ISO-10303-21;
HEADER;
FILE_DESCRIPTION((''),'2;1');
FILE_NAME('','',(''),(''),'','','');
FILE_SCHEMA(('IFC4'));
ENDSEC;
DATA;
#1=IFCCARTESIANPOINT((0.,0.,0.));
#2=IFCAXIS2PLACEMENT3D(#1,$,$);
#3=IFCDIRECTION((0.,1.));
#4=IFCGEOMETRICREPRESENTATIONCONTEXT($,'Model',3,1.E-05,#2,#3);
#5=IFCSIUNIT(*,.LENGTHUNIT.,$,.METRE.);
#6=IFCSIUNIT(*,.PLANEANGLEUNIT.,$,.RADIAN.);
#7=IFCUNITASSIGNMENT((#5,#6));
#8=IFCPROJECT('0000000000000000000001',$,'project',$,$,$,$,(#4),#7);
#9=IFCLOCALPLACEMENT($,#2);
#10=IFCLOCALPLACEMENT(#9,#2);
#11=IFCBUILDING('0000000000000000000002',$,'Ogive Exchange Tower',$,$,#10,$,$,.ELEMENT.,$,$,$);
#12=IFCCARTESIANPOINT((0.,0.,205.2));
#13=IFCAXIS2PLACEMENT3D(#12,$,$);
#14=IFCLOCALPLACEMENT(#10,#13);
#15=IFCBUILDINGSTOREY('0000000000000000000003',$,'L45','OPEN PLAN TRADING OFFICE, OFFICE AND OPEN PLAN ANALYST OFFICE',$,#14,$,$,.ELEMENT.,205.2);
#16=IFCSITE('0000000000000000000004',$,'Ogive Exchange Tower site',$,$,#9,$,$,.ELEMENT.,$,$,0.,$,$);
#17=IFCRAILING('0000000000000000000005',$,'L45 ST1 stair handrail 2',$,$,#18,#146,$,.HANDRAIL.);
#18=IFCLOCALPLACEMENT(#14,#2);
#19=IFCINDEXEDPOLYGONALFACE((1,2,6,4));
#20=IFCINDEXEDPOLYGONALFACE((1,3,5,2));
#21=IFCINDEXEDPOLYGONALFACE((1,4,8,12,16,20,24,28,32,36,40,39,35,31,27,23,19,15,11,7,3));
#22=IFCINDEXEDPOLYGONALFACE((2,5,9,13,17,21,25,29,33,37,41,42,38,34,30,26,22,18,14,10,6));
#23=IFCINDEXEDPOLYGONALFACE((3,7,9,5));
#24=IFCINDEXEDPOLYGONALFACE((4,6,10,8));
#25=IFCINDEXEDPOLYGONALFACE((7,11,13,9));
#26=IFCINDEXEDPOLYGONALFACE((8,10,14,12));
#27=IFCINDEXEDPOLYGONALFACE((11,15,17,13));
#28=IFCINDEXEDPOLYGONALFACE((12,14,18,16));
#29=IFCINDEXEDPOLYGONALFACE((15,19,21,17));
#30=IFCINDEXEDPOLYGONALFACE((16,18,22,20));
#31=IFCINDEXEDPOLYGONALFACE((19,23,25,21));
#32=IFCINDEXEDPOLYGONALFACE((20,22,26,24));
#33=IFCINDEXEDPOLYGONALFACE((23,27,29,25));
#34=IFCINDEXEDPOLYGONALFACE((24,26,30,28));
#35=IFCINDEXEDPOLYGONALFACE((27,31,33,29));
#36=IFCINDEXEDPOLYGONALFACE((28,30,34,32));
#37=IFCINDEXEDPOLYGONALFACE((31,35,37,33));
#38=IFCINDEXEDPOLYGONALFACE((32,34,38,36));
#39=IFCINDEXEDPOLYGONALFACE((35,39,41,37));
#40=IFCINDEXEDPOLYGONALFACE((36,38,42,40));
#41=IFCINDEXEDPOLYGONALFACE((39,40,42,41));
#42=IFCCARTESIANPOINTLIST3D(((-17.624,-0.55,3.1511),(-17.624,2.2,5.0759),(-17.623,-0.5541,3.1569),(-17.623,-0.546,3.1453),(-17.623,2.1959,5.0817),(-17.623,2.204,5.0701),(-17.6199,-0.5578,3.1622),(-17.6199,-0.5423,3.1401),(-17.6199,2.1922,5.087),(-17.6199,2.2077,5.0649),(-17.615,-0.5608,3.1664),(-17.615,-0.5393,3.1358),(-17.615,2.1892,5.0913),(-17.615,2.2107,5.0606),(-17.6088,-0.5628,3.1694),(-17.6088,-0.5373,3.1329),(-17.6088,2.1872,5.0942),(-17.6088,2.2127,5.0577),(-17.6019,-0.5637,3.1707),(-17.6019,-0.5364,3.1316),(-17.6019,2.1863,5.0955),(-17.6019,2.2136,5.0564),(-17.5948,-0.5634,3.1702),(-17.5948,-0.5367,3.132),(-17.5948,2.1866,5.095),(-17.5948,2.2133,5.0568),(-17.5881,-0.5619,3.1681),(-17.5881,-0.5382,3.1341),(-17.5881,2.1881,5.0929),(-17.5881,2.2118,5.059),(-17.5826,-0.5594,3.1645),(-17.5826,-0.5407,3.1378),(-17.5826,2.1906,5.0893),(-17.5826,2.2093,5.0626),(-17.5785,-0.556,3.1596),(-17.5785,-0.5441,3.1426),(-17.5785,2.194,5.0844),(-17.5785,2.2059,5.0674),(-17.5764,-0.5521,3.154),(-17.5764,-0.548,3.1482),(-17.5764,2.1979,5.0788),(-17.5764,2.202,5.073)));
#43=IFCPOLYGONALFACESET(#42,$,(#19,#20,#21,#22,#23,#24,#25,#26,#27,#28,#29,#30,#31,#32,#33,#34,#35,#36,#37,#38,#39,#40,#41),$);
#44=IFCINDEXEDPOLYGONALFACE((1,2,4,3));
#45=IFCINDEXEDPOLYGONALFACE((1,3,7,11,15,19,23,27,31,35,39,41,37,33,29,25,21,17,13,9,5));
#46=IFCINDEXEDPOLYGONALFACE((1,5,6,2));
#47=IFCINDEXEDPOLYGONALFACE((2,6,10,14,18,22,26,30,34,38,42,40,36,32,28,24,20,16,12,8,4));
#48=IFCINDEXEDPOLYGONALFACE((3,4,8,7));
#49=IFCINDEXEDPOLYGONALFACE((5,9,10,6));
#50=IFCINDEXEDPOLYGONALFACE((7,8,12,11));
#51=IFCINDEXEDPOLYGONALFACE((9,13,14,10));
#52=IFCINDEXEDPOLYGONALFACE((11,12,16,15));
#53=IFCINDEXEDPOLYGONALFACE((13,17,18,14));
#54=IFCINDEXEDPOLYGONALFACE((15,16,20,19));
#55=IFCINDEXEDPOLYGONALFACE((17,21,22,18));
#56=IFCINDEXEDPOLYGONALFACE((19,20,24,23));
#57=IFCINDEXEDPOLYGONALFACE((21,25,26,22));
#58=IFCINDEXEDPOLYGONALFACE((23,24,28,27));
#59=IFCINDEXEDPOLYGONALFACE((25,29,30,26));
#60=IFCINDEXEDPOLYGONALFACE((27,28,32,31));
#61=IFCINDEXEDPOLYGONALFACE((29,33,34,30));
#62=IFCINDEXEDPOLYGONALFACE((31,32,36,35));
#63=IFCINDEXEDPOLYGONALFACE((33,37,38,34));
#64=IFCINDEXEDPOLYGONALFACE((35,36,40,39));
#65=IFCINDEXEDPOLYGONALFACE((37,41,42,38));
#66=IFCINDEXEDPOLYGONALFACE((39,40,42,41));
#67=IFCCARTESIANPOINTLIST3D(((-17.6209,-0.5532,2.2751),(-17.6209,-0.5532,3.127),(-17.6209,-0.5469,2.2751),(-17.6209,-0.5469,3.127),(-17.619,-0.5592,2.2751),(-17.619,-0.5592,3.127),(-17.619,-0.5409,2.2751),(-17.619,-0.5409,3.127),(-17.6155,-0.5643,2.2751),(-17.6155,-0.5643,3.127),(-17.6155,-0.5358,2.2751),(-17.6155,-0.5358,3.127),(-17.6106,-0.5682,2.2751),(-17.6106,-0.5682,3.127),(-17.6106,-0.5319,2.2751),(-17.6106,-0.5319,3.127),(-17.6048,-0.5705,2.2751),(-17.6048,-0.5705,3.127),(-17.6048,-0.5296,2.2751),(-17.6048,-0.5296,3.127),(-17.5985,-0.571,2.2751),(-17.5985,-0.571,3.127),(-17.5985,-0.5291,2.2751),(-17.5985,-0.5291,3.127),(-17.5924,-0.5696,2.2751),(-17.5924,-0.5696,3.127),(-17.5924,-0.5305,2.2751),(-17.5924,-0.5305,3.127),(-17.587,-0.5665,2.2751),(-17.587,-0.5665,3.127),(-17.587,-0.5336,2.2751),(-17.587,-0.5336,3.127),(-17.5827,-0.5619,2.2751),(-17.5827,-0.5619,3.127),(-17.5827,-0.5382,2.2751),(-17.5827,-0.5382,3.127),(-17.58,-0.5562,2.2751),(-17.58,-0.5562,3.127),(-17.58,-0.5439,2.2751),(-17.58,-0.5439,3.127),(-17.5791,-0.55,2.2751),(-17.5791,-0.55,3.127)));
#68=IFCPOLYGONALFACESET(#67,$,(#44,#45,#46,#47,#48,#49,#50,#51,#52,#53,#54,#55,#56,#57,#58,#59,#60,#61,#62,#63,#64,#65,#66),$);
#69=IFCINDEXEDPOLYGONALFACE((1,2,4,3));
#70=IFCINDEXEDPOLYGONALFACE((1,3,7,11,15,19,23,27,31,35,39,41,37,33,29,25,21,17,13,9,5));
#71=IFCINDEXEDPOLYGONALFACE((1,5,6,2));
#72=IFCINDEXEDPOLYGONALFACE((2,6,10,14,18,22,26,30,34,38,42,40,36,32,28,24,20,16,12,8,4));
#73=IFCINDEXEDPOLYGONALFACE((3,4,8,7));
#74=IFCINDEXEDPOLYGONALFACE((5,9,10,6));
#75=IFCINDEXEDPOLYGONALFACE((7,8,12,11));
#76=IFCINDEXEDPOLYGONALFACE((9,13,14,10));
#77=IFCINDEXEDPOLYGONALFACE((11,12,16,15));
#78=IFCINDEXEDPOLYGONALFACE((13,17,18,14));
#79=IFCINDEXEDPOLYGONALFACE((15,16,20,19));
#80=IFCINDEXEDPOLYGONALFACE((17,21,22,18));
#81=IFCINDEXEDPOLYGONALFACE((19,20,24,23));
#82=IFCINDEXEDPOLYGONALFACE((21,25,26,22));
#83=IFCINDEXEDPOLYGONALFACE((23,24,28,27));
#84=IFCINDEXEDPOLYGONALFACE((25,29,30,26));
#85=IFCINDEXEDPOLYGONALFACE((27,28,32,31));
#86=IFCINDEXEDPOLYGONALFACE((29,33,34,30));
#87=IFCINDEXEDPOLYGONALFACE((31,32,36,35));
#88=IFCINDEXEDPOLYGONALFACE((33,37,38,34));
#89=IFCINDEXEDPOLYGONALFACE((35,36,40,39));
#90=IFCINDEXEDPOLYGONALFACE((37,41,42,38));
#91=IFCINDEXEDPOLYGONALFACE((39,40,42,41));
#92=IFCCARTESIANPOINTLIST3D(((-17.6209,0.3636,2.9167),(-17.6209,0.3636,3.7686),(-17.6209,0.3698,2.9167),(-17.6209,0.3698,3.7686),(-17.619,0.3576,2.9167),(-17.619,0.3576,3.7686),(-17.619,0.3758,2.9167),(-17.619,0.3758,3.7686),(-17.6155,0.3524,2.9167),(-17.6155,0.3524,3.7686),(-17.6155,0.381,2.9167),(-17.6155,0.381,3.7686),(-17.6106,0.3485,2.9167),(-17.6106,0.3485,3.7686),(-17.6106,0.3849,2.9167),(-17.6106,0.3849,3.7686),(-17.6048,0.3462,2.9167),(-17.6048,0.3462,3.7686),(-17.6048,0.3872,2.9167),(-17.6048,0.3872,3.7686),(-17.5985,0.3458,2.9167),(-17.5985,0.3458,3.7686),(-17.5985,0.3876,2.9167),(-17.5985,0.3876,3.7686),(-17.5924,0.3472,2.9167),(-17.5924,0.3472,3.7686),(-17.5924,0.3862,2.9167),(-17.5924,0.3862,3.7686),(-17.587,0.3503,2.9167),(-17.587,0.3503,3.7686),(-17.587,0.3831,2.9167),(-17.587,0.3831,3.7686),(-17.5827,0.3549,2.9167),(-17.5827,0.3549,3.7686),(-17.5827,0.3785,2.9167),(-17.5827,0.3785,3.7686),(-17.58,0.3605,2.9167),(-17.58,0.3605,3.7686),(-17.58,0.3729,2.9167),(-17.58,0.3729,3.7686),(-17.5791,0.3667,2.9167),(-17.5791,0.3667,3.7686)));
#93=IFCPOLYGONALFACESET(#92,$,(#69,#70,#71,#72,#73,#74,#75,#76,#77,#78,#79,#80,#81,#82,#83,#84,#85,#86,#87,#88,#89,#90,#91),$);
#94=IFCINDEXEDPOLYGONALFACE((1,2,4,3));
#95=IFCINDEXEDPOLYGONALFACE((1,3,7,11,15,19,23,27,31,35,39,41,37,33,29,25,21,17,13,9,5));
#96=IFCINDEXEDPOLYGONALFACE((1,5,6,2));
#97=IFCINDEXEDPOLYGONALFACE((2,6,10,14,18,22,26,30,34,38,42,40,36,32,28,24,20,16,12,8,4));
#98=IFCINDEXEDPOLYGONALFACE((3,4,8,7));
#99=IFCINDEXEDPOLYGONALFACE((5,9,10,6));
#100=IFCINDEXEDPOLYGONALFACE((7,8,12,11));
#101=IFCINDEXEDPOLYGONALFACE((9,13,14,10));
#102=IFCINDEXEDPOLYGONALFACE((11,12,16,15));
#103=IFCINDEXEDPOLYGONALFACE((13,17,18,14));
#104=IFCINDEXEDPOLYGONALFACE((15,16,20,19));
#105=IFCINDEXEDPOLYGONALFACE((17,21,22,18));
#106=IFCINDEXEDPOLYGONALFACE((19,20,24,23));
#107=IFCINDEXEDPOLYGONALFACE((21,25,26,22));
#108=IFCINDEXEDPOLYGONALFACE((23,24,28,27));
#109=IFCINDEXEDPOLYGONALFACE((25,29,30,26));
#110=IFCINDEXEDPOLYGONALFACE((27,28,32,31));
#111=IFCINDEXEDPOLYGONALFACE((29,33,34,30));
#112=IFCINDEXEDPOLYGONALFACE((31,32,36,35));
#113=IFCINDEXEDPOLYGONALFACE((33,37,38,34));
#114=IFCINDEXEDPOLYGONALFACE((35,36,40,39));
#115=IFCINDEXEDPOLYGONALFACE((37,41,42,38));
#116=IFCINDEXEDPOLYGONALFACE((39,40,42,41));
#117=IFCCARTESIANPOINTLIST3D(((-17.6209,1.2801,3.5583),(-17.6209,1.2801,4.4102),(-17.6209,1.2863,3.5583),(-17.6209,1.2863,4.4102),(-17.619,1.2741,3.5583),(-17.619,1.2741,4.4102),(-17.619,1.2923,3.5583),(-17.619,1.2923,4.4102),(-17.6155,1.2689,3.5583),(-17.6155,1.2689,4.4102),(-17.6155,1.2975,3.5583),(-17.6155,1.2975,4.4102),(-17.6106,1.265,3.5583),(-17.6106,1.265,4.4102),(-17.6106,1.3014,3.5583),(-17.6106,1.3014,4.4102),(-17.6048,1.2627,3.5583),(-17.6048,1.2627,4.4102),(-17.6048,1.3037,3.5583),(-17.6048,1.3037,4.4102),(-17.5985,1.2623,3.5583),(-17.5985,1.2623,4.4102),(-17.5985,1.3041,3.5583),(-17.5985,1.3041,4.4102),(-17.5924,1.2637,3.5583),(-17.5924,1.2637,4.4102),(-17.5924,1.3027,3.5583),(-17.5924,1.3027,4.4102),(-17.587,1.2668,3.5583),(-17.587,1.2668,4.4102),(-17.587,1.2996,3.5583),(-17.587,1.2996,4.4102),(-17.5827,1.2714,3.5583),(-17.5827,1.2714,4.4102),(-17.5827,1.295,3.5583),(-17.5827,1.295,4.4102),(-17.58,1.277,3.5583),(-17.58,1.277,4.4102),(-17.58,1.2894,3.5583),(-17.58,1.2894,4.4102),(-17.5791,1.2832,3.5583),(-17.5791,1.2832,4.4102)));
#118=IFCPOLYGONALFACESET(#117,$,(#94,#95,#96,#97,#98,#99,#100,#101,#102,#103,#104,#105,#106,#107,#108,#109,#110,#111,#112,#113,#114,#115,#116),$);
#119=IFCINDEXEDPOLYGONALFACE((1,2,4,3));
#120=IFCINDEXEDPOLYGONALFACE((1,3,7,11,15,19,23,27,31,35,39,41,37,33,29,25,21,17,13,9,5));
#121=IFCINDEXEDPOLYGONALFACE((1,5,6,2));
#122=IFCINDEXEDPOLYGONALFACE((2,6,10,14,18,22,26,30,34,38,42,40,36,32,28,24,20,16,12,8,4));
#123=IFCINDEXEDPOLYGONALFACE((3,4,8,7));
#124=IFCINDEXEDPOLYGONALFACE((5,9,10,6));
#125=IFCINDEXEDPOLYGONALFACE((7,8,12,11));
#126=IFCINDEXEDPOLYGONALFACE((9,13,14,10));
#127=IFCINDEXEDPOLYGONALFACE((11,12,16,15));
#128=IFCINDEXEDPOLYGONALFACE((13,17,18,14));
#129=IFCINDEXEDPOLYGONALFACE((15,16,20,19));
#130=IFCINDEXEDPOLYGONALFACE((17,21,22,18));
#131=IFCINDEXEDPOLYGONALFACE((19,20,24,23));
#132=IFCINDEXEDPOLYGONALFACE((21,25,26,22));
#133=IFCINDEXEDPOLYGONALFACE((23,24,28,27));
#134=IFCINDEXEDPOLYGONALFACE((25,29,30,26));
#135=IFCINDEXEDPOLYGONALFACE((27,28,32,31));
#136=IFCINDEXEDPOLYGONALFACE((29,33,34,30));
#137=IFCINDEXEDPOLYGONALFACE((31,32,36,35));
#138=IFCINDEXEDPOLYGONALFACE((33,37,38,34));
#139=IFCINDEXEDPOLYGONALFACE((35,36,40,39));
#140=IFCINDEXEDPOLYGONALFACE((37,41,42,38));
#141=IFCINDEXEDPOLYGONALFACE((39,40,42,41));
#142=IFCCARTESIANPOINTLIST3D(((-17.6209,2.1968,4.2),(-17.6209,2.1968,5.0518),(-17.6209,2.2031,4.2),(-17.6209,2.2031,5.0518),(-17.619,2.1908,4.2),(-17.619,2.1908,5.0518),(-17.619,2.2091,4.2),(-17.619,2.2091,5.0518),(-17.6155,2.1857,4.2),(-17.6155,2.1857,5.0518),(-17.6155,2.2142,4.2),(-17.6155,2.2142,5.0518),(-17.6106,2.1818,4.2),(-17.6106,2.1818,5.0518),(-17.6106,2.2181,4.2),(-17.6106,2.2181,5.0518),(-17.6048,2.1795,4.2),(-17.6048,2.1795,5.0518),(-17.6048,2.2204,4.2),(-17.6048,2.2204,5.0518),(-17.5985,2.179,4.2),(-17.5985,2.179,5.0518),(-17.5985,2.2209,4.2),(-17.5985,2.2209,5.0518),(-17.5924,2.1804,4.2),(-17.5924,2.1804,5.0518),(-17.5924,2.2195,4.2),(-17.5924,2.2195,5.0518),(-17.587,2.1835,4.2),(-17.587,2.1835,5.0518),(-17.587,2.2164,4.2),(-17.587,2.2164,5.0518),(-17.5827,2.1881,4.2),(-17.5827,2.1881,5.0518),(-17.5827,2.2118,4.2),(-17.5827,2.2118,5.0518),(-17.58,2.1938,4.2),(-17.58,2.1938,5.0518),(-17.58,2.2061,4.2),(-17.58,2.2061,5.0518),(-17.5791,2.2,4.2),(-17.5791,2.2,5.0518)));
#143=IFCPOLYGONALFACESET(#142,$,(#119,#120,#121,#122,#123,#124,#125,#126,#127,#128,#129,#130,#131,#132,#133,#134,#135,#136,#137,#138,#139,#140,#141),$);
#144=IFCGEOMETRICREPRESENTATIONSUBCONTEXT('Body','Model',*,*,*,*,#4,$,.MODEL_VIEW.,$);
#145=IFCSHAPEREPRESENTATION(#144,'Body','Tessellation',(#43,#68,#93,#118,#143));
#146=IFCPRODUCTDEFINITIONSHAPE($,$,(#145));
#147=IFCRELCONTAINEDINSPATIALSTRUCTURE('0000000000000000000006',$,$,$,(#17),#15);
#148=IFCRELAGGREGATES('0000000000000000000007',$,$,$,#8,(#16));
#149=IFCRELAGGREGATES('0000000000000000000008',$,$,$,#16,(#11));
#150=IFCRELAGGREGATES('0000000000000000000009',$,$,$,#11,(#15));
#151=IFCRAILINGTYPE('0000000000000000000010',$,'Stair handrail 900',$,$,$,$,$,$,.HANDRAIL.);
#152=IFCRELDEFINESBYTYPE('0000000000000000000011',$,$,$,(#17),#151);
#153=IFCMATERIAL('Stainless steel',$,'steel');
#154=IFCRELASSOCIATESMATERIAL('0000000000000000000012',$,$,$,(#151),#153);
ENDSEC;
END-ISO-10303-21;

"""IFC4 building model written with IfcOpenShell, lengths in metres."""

from ifc_helpers import new_model, si_unit, direction, frame, origin, origin_2d, place, context, subcontext, project, spatial, circle, extrude, material, type_object, element, save


model = new_model("IFC4")

# Units and contexts
model_context = context("Model", 3, precision=1e-05, world=origin(), true_north=direction((0.0, 1.0)))
body_context = subcontext(model_context, "Body", "Model", "MODEL_VIEW")
ifc_project = project(units=[si_unit("LENGTHUNIT", "METRE"), si_unit("PLANEANGLEUNIT", "RADIAN")], contexts=[model_context])

# Site, building, storey
site_placement = place(None, origin())
site = spatial("IfcSite", under=ifc_project, at=site_placement, Name="Ogive Exchange Tower site", CompositionType="ELEMENT", RefElevation=0.0)
building_placement = place(site_placement, origin())
building = spatial("IfcBuilding", under=site, at=building_placement, Name="Ogive Exchange Tower", CompositionType="ELEMENT")
storey_placement = place(building_placement, frame((0.0, 0.0, 205.2)))
storey = spatial("IfcBuildingStorey", under=building, at=storey_placement, Name="L45", Description="OPEN PLAN TRADING OFFICE, OFFICE AND OPEN PLAN ANALYST OFFICE", CompositionType="ELEMENT", Elevation=205.2)

# Shared definitions
ifc_material_1 = material(Name="Stainless steel", Category="steel")

# Railing
railing_type = type_object("IfcRailingType", Name="Stair handrail 900", PredefinedType="HANDRAIL", material=ifc_material_1)
railing_placement = place(storey_placement, frame((-17.6001, -0.55, 2.2751)))
element("IfcRailing", 1, at=railing_placement, inside=storey, type_object=railing_type, Name="L45 ST1 stair handrail 2", PredefinedType="HANDRAIL", context=body_context, shape_type="SweptSolid", body=[
    extrude(circle(Radius=0.0239, at=origin_2d()), frame((0.0, 0.0, 0.876), z_axis=(0.0, 0.819259, 0.573423), x_axis=(-1.0, 0.0, 0.0)), (0.0, 0.0, 1.0), 3.3567),
    extrude(circle(Radius=0.021, at=origin_2d()), origin(), (0.0, 0.0, 1.0), 0.8518),
    extrude(circle(Radius=0.021, at=origin_2d()), frame((0.0, 0.9167, 0.6416)), (0.0, 0.0, 1.0), 0.8518),
    extrude(circle(Radius=0.021, at=origin_2d()), frame((0.0, 1.8333, 1.2832)), (0.0, 0.0, 1.0), 0.8518),
    extrude(circle(Radius=0.021, at=origin_2d()), frame((0.0, 2.75, 1.9248)), (0.0, 0.0, 1.0), 0.8518),
])

save(model, "model.ifc")
